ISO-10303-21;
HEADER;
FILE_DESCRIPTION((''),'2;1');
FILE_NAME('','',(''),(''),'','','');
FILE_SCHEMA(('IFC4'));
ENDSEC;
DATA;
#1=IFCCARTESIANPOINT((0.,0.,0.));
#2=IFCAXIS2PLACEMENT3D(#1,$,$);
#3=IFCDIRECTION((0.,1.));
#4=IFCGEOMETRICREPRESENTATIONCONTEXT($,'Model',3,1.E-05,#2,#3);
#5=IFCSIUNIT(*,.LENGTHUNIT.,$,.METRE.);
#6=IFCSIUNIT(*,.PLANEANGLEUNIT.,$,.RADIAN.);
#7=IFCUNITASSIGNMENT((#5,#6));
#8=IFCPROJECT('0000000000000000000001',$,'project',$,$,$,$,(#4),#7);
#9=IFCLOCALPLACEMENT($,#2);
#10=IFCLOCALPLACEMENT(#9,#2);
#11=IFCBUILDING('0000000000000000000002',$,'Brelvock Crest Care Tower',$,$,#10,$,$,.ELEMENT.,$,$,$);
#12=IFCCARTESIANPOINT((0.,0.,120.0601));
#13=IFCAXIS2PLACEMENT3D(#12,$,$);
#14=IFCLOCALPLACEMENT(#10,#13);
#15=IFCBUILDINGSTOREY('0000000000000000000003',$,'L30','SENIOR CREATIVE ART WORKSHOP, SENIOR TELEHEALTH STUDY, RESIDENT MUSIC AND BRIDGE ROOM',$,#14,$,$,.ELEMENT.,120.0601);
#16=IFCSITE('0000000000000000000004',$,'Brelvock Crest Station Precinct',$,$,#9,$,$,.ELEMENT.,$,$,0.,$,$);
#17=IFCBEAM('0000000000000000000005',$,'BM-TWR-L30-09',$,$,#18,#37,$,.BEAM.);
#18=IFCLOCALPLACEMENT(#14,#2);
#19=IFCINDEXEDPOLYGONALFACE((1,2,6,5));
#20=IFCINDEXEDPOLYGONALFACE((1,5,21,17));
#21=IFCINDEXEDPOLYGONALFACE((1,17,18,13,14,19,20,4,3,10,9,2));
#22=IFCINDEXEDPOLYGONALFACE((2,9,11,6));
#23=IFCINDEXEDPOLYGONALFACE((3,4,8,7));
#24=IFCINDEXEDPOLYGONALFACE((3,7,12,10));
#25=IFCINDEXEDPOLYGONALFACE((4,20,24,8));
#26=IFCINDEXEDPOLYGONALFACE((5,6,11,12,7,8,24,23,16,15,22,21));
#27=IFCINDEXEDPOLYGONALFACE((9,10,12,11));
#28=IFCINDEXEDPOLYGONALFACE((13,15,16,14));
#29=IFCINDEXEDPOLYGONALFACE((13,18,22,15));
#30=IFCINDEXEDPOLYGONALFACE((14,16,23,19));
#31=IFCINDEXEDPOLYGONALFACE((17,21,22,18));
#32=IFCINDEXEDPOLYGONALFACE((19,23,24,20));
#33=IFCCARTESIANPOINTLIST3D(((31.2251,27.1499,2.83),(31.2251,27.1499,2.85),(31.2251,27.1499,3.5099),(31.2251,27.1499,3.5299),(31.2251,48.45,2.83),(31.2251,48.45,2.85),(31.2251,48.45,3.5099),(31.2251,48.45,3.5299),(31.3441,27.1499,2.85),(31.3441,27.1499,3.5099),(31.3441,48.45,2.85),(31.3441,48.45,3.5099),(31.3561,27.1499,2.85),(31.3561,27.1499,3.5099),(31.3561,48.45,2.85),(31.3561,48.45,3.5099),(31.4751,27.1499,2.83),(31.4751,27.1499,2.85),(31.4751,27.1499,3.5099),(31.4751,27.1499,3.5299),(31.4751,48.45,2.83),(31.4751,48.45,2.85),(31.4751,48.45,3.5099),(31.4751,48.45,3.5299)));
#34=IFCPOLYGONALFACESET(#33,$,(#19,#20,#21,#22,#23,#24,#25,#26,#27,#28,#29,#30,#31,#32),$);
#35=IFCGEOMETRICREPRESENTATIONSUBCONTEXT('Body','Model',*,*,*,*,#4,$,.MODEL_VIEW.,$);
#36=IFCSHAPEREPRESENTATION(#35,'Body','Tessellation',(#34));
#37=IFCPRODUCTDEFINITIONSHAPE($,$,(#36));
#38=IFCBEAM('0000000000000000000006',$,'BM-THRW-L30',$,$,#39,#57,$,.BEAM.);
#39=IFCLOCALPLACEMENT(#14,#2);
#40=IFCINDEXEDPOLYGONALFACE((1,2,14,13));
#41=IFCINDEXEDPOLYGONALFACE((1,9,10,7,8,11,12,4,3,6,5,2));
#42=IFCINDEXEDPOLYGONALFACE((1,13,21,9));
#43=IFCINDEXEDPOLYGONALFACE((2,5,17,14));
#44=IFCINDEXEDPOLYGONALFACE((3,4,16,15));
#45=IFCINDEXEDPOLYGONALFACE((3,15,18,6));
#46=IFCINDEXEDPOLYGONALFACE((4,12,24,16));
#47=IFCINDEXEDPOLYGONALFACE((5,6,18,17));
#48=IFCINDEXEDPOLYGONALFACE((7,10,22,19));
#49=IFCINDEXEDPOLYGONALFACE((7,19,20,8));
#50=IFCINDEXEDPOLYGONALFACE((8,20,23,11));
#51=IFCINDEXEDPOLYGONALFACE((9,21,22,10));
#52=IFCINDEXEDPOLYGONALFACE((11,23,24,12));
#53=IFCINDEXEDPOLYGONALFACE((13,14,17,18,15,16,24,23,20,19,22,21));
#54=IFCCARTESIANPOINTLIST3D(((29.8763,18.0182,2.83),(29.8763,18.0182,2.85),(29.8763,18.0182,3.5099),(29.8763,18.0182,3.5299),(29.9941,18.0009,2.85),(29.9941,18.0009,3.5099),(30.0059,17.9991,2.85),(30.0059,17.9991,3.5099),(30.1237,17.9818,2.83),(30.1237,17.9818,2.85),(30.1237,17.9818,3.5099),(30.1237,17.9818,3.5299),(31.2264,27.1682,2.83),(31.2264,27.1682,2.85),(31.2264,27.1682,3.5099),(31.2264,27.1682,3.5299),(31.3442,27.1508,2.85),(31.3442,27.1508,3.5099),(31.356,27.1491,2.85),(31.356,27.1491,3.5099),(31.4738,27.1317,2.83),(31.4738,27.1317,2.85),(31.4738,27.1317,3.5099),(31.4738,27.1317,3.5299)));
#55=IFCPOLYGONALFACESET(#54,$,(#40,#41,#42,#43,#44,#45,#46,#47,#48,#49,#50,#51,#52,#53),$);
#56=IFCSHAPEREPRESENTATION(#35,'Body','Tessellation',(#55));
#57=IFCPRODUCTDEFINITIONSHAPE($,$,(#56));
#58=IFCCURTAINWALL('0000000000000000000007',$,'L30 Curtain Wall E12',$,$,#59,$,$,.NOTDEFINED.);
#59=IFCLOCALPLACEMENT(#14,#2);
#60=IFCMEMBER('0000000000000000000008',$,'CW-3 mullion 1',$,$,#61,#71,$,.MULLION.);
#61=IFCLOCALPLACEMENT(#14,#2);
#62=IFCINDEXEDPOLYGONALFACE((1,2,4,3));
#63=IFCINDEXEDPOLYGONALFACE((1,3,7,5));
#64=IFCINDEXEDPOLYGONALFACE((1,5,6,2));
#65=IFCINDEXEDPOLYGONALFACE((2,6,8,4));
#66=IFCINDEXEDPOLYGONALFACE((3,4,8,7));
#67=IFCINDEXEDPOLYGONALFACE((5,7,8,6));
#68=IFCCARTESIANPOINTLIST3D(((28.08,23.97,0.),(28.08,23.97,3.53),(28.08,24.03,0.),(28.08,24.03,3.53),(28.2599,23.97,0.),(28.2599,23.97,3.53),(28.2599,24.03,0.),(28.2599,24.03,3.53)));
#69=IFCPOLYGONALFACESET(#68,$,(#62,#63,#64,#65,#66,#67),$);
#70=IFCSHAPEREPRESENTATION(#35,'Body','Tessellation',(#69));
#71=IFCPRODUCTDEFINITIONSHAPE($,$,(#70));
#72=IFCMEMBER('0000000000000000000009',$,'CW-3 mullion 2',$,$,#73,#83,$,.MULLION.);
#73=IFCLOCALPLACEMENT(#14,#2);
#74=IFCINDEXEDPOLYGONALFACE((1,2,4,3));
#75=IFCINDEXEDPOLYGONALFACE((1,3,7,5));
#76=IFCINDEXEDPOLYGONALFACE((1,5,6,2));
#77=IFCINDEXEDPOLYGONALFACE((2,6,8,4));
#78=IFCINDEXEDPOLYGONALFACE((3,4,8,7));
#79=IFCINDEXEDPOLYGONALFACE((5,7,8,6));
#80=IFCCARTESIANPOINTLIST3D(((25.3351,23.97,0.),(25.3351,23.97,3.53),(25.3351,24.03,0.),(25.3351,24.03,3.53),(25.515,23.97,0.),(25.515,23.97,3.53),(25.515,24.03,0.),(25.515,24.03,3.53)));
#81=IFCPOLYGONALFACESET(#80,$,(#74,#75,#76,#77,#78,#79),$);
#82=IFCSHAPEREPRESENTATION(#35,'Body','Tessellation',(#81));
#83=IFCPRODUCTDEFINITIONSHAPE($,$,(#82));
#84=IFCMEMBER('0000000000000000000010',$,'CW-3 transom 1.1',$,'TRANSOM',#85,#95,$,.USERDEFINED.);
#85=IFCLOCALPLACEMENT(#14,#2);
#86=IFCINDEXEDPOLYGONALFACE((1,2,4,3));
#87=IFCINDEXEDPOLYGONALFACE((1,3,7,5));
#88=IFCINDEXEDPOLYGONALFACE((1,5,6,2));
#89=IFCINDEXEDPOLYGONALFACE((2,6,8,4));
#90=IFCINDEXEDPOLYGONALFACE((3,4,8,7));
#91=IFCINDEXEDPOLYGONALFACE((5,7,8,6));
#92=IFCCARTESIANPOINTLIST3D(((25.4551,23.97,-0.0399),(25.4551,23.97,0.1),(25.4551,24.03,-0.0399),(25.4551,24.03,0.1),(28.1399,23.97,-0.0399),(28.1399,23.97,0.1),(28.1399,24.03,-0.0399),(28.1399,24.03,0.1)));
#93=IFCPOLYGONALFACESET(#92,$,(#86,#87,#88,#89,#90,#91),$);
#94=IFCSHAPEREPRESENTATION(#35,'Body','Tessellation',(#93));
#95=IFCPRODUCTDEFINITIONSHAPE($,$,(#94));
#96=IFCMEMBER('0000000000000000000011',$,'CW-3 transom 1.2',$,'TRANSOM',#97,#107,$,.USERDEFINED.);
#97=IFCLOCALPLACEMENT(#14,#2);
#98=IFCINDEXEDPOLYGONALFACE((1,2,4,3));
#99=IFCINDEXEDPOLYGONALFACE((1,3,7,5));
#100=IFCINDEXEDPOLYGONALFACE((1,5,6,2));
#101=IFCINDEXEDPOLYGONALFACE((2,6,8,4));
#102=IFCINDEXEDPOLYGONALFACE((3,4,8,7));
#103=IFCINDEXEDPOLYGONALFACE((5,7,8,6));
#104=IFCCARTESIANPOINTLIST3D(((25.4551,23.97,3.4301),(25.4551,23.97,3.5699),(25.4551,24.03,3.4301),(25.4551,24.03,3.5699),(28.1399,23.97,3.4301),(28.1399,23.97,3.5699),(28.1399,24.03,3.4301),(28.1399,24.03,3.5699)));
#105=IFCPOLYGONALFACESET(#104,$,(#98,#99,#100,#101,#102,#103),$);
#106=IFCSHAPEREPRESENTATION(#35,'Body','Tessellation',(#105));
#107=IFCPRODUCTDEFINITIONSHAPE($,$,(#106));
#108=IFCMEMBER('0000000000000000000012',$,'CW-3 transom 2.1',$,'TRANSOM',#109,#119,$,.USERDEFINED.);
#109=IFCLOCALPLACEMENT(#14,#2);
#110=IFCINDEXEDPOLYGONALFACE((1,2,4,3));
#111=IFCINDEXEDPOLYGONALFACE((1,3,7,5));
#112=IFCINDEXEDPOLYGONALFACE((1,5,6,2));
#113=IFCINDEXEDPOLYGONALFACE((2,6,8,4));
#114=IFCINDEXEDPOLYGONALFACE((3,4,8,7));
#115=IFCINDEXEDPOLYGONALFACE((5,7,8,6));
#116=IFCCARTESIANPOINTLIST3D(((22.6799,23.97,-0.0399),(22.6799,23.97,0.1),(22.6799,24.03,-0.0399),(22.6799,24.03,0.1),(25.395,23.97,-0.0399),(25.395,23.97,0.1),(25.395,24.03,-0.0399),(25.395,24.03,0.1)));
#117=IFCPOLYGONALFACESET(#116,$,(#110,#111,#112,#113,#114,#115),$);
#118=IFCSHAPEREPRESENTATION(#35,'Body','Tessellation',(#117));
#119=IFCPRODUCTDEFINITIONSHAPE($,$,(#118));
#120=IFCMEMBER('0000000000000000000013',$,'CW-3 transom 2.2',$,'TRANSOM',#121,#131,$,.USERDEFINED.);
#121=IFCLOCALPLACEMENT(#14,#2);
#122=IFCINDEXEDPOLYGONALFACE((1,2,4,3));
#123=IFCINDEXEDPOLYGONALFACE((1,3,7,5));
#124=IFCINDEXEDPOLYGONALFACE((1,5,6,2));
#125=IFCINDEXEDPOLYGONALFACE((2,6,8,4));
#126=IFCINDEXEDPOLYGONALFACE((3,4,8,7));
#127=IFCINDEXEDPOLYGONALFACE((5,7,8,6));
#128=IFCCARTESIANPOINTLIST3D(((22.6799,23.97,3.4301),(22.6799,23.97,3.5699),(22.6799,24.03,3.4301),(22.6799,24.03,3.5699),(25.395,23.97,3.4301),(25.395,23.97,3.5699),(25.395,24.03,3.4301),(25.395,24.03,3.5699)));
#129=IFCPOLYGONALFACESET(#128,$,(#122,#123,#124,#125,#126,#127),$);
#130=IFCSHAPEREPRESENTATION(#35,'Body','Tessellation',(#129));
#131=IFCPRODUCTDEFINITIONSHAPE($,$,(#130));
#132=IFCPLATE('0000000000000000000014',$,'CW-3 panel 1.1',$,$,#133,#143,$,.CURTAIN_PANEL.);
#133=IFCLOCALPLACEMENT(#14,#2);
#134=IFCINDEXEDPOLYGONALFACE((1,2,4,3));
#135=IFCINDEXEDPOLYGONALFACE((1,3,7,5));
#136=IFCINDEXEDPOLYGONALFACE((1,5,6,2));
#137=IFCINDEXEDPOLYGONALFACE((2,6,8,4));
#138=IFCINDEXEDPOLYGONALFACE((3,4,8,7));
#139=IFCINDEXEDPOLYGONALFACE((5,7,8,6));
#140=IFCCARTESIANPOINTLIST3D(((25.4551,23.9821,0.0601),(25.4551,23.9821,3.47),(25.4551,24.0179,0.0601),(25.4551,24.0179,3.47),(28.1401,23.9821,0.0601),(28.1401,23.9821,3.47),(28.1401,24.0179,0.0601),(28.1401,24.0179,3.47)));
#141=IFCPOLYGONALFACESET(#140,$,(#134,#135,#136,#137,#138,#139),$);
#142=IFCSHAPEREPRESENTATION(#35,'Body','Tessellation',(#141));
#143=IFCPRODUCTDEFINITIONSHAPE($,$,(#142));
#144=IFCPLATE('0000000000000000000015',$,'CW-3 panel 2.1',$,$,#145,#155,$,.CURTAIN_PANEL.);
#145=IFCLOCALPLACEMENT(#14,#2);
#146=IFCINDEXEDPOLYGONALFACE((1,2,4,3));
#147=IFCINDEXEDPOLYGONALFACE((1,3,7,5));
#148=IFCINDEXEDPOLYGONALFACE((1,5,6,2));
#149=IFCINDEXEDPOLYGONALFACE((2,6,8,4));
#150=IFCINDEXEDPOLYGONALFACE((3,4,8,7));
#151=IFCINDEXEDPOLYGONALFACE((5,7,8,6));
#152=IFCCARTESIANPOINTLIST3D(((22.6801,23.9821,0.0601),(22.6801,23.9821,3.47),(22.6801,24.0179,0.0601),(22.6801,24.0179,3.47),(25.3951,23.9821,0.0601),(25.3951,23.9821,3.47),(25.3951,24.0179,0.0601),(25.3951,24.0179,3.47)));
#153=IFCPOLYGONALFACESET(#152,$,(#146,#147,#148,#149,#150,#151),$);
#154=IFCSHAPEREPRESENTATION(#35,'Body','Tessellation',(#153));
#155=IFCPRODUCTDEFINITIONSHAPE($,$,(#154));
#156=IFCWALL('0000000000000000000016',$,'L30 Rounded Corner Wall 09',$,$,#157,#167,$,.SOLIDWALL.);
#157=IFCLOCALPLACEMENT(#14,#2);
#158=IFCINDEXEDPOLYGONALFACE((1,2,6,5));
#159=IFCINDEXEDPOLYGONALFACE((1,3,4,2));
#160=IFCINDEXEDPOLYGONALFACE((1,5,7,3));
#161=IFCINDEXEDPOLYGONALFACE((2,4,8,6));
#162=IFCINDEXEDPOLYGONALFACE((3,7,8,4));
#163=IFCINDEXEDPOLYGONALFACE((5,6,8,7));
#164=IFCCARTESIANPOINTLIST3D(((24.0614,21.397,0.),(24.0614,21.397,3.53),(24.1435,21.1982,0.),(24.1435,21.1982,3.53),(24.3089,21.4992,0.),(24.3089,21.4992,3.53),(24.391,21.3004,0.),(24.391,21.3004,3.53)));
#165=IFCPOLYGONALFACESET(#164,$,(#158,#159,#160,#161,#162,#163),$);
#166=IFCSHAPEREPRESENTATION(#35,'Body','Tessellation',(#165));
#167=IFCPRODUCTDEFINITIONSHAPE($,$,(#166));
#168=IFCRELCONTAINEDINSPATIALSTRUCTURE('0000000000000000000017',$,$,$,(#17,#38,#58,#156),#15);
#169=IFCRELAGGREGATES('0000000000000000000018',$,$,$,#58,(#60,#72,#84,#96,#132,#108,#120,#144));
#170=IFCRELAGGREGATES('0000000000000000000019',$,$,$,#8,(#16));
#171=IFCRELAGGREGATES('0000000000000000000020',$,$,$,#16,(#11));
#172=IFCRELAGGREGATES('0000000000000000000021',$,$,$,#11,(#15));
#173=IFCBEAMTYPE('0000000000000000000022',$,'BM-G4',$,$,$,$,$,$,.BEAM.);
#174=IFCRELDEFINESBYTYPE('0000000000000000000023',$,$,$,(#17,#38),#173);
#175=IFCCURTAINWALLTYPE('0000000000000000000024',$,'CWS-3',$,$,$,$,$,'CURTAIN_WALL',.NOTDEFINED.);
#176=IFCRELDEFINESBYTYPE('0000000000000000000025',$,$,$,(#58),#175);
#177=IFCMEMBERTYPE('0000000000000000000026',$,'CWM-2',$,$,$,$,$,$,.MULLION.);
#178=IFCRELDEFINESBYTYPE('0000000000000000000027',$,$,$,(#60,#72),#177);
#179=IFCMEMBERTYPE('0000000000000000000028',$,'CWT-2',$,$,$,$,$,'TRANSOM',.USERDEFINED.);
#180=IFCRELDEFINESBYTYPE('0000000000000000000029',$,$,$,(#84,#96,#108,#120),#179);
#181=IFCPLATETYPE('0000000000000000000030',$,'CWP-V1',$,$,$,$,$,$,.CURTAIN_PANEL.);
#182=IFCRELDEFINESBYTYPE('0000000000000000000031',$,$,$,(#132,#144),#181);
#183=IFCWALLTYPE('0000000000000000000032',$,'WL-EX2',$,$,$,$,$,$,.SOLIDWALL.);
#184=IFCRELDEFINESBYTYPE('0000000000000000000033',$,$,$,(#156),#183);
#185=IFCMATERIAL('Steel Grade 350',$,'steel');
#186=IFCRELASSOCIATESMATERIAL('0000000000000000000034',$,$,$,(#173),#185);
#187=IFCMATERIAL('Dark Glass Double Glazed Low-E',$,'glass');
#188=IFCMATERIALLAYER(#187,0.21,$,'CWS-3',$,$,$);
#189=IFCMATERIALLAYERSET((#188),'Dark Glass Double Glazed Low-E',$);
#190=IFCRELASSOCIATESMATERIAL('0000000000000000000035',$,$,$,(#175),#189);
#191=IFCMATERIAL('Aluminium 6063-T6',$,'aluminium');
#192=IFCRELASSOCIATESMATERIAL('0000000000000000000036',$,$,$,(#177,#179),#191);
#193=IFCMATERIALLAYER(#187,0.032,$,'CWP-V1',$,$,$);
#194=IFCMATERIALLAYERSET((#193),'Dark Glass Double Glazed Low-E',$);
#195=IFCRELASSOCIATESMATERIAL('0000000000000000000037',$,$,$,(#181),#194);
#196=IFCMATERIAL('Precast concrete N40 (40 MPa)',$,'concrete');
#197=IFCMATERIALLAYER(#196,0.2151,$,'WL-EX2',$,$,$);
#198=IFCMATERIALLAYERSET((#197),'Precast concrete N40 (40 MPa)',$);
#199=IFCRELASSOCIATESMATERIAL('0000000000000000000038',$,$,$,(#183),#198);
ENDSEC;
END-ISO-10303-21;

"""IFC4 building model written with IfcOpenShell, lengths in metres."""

from ifc_helpers import new_model, si_unit, direction, frame, frame_2d, origin, origin_2d, place, context, subcontext, project, spatial, rectangle, i_section, extrude, source, transform, mapped, material, layer, layer_set, material_profile, profile_set, type_object, element, aggregate, save


model = new_model("IFC4")

# Units and contexts
model_context = context("Model", 3, precision=1e-05, world=origin(), true_north=direction((0.0, 1.0)))
body_context = subcontext(model_context, "Body", "Model", "MODEL_VIEW")
ifc_project = project(units=[si_unit("LENGTHUNIT", "METRE"), si_unit("PLANEANGLEUNIT", "RADIAN")], contexts=[model_context])

# Site, building, storey
site_placement = place(None, origin())
site = spatial("IfcSite", under=ifc_project, at=site_placement, Name="Brelvock Crest Station Precinct", CompositionType="ELEMENT", RefElevation=0.0)
building_placement = place(site_placement, origin())
building = spatial("IfcBuilding", under=site, at=building_placement, Name="Brelvock Crest Care Tower", CompositionType="ELEMENT")
storey_placement = place(building_placement, frame((0.0, 0.0, 120.0601)))
storey = spatial("IfcBuildingStorey", under=building, at=storey_placement, Name="L30", Description="SENIOR CREATIVE ART WORKSHOP, SENIOR TELEHEALTH STUDY, RESIDENT MUSIC AND BRIDGE ROOM", CompositionType="ELEMENT", Elevation=120.0601)

# Shared definitions
ifc_material_1 = material(Name="Steel Grade 350", Category="steel")

# Beams
ifc_material_profile_1 = material_profile(ifc_material_1, i_section(OverallWidth=0.25, OverallDepth=0.7, WebThickness=0.012, FlangeThickness=0.02, at=origin_2d()), Name="700WB150")
ifc_profile_set_1 = profile_set([ifc_material_profile_1], Name="Steel Grade 350")
beam_type_1 = type_object("IfcBeamType", Name="BM-G4", PredefinedType="BEAM", material=ifc_profile_set_1)
shared_shape_1 = source(origin(), body_context, "Body", "SweptSolid", [
    extrude(i_section(OverallWidth=0.25, OverallDepth=0.7, WebThickness=0.012, FlangeThickness=0.02, at=origin_2d()), origin(), (0.0, 0.0, 1.0), 21.3),
])
beam_1_placement = place(storey_placement, frame((31.3501, 27.1499, 3.1799), z_axis=(0.0, 1.0, 0.0), x_axis=(-1.0, 0.0, 0.0)))
element("IfcBeam", 1, at=beam_1_placement, inside=storey, type_object=beam_type_1, Name="BM-TWR-L30-09", PredefinedType="BEAM", context=body_context, shape_type="MappedRepresentation", body=[
    mapped(shared_shape_1, transform((0.0, 0.0, 0.0), x_axis=(1.0, 0.0, 0.0), y_axis=(0.0, 1.0, 0.0), z_axis=(0.0, 0.0, 1.0), scale=1.0)),
])
shared_shape_2 = source(origin(), body_context, "Body", "SweptSolid", [
    extrude(i_section(OverallWidth=0.25, OverallDepth=0.7, WebThickness=0.012, FlangeThickness=0.02, at=origin_2d()), origin(), (0.0, 0.0, 1.0), 9.249),
])
beam_2_placement = place(storey_placement, frame((30.0, 18.0, 3.1799), z_axis=(0.145973, 0.989289, 0.0), x_axis=(-0.989289, 0.145973, 0.0)))
element("IfcBeam", 2, at=beam_2_placement, inside=storey, type_object=beam_type_1, Name="BM-THRW-L30", PredefinedType="BEAM", context=body_context, shape_type="MappedRepresentation", body=[
    mapped(shared_shape_2, transform((0.0, 0.0, 0.0), x_axis=(1.0, 0.0, 0.0), y_axis=(0.0, 1.0, 0.0), z_axis=(0.0, 0.0, 1.0), scale=1.0)),
])

# Curtain wall, members, plates
ifc_material_2 = material(Name="Dark Glass Double Glazed Low-E", Category="glass")
ifc_layer_1 = layer(ifc_material_2, 0.21, Name="CWS-3")
ifc_layer_set_1 = layer_set([ifc_layer_1], Name="Dark Glass Double Glazed Low-E")
curtain_wall_type = type_object("IfcCurtainWallType", Name="CWS-3", ElementType="CURTAIN_WALL", PredefinedType="NOTDEFINED", material=ifc_layer_set_1)
curtain_wall_placement = place(storey_placement, origin())
curtain_wall = element("IfcCurtainWall", 3, at=curtain_wall_placement, inside=storey, type_object=curtain_wall_type, Name="L30 Curtain Wall E12", PredefinedType="NOTDEFINED")
ifc_material_3 = material(Name="Aluminium 6063-T6", Category="aluminium")
ifc_material_profile_2 = material_profile(ifc_material_3, rectangle(XDim=0.0601, YDim=0.1799, at=origin_2d()), Name="ALU60x180")
ifc_profile_set_2 = profile_set([ifc_material_profile_2], Name="Aluminium 6063-T6")
member_type_1 = type_object("IfcMemberType", Name="CWM-2", PredefinedType="MULLION", material=ifc_profile_set_2)
shared_shape_3 = source(origin(), body_context, "Body", "SweptSolid", [
    extrude(rectangle(XDim=0.0601, YDim=0.1799, at=origin_2d()), origin(), (0.0, 0.0, 1.0), 3.53),
])
member_1_placement = place(storey_placement, frame((28.1699, 24.0, 0.0), z_axis=(0.0, 0.0, 1.0), x_axis=(0.0, -1.0, 0.0)))
member_1 = element("IfcMember", 4, at=member_1_placement, type_object=member_type_1, Name="CW-3 mullion 1", PredefinedType="MULLION", context=body_context, shape_type="MappedRepresentation", body=[
    mapped(shared_shape_3, transform((0.0, 0.0, 0.0), x_axis=(1.0, 0.0, 0.0), y_axis=(0.0, 1.0, 0.0), z_axis=(0.0, 0.0, 1.0), scale=1.0)),
])
member_2_placement = place(storey_placement, frame((25.425, 24.0, 0.0), z_axis=(0.0, 0.0, 1.0), x_axis=(0.0, -1.0, 0.0)))
member_2 = element("IfcMember", 5, at=member_2_placement, type_object=member_type_1, Name="CW-3 mullion 2", PredefinedType="MULLION", context=body_context, shape_type="MappedRepresentation", body=[
    mapped(shared_shape_3, transform((0.0, 0.0, 0.0), x_axis=(1.0, 0.0, 0.0), y_axis=(0.0, 1.0, 0.0), z_axis=(0.0, 0.0, 1.0), scale=1.0)),
])
ifc_material_profile_3 = material_profile(ifc_material_3, rectangle(XDim=0.0601, YDim=0.1399, at=origin_2d()), Name="ALU60x140")
ifc_profile_set_3 = profile_set([ifc_material_profile_3], Name="Aluminium 6063-T6")
member_type_2 = type_object("IfcMemberType", Name="CWT-2", ElementType="TRANSOM", PredefinedType="USERDEFINED", material=ifc_profile_set_3)
shared_shape_4 = source(origin(), body_context, "Body", "SweptSolid", [
    extrude(rectangle(XDim=0.0601, YDim=0.1399, at=origin_2d()), origin(), (0.0, 0.0, 1.0), 2.6848),
])
member_3_placement = place(storey_placement, frame((28.1399, 24.0, 0.03), z_axis=(-1.0, 0.0, 0.0), x_axis=(0.0, -1.0, 0.0)))
member_3 = element("IfcMember", 6, at=member_3_placement, type_object=member_type_2, Name="CW-3 transom 1.1", ObjectType="TRANSOM", PredefinedType="USERDEFINED", context=body_context, shape_type="MappedRepresentation", body=[
    mapped(shared_shape_4, transform((0.0, 0.0, 0.0), x_axis=(1.0, 0.0, 0.0), y_axis=(0.0, 1.0, 0.0), z_axis=(0.0, 0.0, 1.0), scale=1.0)),
])
member_4_placement = place(storey_placement, frame((28.1399, 24.0, 3.5), z_axis=(-1.0, 0.0, 0.0), x_axis=(0.0, -1.0, 0.0)))
member_4 = element("IfcMember", 7, at=member_4_placement, type_object=member_type_2, Name="CW-3 transom 1.2", ObjectType="TRANSOM", PredefinedType="USERDEFINED", context=body_context, shape_type="MappedRepresentation", body=[
    mapped(shared_shape_4, transform((0.0, 0.0, 0.0), x_axis=(1.0, 0.0, 0.0), y_axis=(0.0, 1.0, 0.0), z_axis=(0.0, 0.0, 1.0), scale=1.0)),
])
shared_shape_5 = source(origin(), body_context, "Body", "SweptSolid", [
    extrude(rectangle(XDim=0.0601, YDim=0.1399, at=origin_2d()), origin(), (0.0, 0.0, 1.0), 2.7151),
])
member_5_placement = place(storey_placement, frame((25.395, 24.0, 0.03), z_axis=(-1.0, 0.0, 0.0), x_axis=(0.0, -1.0, 0.0)))
member_5 = element("IfcMember", 8, at=member_5_placement, type_object=member_type_2, Name="CW-3 transom 2.1", ObjectType="TRANSOM", PredefinedType="USERDEFINED", context=body_context, shape_type="MappedRepresentation", body=[
    mapped(shared_shape_5, transform((0.0, 0.0, 0.0), x_axis=(1.0, 0.0, 0.0), y_axis=(0.0, 1.0, 0.0), z_axis=(0.0, 0.0, 1.0), scale=1.0)),
])
member_6_placement = place(storey_placement, frame((25.395, 24.0, 3.5), z_axis=(-1.0, 0.0, 0.0), x_axis=(0.0, -1.0, 0.0)))
member_6 = element("IfcMember", 9, at=member_6_placement, type_object=member_type_2, Name="CW-3 transom 2.2", ObjectType="TRANSOM", PredefinedType="USERDEFINED", context=body_context, shape_type="MappedRepresentation", body=[
    mapped(shared_shape_5, transform((0.0, 0.0, 0.0), x_axis=(1.0, 0.0, 0.0), y_axis=(0.0, 1.0, 0.0), z_axis=(0.0, 0.0, 1.0), scale=1.0)),
])
ifc_layer_2 = layer(ifc_material_2, 0.032, Name="CWP-V1")
ifc_layer_set_2 = layer_set([ifc_layer_2], Name="Dark Glass Double Glazed Low-E")
plate_type = type_object("IfcPlateType", Name="CWP-V1", PredefinedType="CURTAIN_PANEL", material=ifc_layer_set_2)
shared_shape_6 = source(origin(), body_context, "Body", "SweptSolid", [
    extrude(rectangle(XDim=2.6851, YDim=0.0359, at=origin_2d()), origin(), (0.0, 0.0, 1.0), 3.4099),
])
plate_1_placement = place(storey_placement, frame((26.7976, 24.0, 0.0601), z_axis=(0.0, 0.0, 1.0), x_axis=(-1.0, 0.0, 0.0)))
plate_1 = element("IfcPlate", 10, at=plate_1_placement, type_object=plate_type, Name="CW-3 panel 1.1", PredefinedType="CURTAIN_PANEL", context=body_context, shape_type="MappedRepresentation", body=[
    mapped(shared_shape_6, transform((0.0, 0.0, 0.0), x_axis=(1.0, 0.0, 0.0), y_axis=(0.0, 1.0, 0.0), z_axis=(0.0, 0.0, 1.0), scale=1.0)),
])
shared_shape_7 = source(origin(), body_context, "Body", "SweptSolid", [
    extrude(rectangle(XDim=2.7151, YDim=0.0359, at=origin_2d()), origin(), (0.0, 0.0, 1.0), 3.4099),
])
plate_2_placement = place(storey_placement, frame((24.0376, 24.0, 0.0601), z_axis=(0.0, 0.0, 1.0), x_axis=(-1.0, 0.0, 0.0)))
plate_2 = element("IfcPlate", 11, at=plate_2_placement, type_object=plate_type, Name="CW-3 panel 2.1", PredefinedType="CURTAIN_PANEL", context=body_context, shape_type="MappedRepresentation", body=[
    mapped(shared_shape_7, transform((0.0, 0.0, 0.0), x_axis=(1.0, 0.0, 0.0), y_axis=(0.0, 1.0, 0.0), z_axis=(0.0, 0.0, 1.0), scale=1.0)),
])
aggregate(curtain_wall, [member_1, member_2, member_3, member_4, plate_1, member_5, member_6, plate_2])

# Wall
ifc_material_4 = material(Name="Precast concrete N40 (40 MPa)", Category="concrete")
ifc_layer_3 = layer(ifc_material_4, 0.2151, Name="WL-EX2")
ifc_layer_set_3 = layer_set([ifc_layer_3], Name="Precast concrete N40 (40 MPa)")
wall_type_1 = type_object("IfcWallType", Name="WL-EX2", PredefinedType="SOLIDWALL", material=ifc_layer_set_3)
wall_1_placement = place(storey_placement, frame((24.1025, 21.2976, 0.0), z_axis=(0.0, 0.0, 1.0), x_axis=(0.924205, 0.381896, 0.0)))
element("IfcWall", 12, at=wall_1_placement, inside=storey, type_object=wall_type_1, Name="L30 Rounded Corner Wall 09", PredefinedType="SOLIDWALL", context=body_context, shape_type="SweptSolid", body=[
    extrude(rectangle(XDim=0.2678, YDim=0.2151, at=frame_2d((0.1338, 0.0))), origin(), (0.0, 0.0, 1.0), 3.53),
])

save(model, "model.ifc")
